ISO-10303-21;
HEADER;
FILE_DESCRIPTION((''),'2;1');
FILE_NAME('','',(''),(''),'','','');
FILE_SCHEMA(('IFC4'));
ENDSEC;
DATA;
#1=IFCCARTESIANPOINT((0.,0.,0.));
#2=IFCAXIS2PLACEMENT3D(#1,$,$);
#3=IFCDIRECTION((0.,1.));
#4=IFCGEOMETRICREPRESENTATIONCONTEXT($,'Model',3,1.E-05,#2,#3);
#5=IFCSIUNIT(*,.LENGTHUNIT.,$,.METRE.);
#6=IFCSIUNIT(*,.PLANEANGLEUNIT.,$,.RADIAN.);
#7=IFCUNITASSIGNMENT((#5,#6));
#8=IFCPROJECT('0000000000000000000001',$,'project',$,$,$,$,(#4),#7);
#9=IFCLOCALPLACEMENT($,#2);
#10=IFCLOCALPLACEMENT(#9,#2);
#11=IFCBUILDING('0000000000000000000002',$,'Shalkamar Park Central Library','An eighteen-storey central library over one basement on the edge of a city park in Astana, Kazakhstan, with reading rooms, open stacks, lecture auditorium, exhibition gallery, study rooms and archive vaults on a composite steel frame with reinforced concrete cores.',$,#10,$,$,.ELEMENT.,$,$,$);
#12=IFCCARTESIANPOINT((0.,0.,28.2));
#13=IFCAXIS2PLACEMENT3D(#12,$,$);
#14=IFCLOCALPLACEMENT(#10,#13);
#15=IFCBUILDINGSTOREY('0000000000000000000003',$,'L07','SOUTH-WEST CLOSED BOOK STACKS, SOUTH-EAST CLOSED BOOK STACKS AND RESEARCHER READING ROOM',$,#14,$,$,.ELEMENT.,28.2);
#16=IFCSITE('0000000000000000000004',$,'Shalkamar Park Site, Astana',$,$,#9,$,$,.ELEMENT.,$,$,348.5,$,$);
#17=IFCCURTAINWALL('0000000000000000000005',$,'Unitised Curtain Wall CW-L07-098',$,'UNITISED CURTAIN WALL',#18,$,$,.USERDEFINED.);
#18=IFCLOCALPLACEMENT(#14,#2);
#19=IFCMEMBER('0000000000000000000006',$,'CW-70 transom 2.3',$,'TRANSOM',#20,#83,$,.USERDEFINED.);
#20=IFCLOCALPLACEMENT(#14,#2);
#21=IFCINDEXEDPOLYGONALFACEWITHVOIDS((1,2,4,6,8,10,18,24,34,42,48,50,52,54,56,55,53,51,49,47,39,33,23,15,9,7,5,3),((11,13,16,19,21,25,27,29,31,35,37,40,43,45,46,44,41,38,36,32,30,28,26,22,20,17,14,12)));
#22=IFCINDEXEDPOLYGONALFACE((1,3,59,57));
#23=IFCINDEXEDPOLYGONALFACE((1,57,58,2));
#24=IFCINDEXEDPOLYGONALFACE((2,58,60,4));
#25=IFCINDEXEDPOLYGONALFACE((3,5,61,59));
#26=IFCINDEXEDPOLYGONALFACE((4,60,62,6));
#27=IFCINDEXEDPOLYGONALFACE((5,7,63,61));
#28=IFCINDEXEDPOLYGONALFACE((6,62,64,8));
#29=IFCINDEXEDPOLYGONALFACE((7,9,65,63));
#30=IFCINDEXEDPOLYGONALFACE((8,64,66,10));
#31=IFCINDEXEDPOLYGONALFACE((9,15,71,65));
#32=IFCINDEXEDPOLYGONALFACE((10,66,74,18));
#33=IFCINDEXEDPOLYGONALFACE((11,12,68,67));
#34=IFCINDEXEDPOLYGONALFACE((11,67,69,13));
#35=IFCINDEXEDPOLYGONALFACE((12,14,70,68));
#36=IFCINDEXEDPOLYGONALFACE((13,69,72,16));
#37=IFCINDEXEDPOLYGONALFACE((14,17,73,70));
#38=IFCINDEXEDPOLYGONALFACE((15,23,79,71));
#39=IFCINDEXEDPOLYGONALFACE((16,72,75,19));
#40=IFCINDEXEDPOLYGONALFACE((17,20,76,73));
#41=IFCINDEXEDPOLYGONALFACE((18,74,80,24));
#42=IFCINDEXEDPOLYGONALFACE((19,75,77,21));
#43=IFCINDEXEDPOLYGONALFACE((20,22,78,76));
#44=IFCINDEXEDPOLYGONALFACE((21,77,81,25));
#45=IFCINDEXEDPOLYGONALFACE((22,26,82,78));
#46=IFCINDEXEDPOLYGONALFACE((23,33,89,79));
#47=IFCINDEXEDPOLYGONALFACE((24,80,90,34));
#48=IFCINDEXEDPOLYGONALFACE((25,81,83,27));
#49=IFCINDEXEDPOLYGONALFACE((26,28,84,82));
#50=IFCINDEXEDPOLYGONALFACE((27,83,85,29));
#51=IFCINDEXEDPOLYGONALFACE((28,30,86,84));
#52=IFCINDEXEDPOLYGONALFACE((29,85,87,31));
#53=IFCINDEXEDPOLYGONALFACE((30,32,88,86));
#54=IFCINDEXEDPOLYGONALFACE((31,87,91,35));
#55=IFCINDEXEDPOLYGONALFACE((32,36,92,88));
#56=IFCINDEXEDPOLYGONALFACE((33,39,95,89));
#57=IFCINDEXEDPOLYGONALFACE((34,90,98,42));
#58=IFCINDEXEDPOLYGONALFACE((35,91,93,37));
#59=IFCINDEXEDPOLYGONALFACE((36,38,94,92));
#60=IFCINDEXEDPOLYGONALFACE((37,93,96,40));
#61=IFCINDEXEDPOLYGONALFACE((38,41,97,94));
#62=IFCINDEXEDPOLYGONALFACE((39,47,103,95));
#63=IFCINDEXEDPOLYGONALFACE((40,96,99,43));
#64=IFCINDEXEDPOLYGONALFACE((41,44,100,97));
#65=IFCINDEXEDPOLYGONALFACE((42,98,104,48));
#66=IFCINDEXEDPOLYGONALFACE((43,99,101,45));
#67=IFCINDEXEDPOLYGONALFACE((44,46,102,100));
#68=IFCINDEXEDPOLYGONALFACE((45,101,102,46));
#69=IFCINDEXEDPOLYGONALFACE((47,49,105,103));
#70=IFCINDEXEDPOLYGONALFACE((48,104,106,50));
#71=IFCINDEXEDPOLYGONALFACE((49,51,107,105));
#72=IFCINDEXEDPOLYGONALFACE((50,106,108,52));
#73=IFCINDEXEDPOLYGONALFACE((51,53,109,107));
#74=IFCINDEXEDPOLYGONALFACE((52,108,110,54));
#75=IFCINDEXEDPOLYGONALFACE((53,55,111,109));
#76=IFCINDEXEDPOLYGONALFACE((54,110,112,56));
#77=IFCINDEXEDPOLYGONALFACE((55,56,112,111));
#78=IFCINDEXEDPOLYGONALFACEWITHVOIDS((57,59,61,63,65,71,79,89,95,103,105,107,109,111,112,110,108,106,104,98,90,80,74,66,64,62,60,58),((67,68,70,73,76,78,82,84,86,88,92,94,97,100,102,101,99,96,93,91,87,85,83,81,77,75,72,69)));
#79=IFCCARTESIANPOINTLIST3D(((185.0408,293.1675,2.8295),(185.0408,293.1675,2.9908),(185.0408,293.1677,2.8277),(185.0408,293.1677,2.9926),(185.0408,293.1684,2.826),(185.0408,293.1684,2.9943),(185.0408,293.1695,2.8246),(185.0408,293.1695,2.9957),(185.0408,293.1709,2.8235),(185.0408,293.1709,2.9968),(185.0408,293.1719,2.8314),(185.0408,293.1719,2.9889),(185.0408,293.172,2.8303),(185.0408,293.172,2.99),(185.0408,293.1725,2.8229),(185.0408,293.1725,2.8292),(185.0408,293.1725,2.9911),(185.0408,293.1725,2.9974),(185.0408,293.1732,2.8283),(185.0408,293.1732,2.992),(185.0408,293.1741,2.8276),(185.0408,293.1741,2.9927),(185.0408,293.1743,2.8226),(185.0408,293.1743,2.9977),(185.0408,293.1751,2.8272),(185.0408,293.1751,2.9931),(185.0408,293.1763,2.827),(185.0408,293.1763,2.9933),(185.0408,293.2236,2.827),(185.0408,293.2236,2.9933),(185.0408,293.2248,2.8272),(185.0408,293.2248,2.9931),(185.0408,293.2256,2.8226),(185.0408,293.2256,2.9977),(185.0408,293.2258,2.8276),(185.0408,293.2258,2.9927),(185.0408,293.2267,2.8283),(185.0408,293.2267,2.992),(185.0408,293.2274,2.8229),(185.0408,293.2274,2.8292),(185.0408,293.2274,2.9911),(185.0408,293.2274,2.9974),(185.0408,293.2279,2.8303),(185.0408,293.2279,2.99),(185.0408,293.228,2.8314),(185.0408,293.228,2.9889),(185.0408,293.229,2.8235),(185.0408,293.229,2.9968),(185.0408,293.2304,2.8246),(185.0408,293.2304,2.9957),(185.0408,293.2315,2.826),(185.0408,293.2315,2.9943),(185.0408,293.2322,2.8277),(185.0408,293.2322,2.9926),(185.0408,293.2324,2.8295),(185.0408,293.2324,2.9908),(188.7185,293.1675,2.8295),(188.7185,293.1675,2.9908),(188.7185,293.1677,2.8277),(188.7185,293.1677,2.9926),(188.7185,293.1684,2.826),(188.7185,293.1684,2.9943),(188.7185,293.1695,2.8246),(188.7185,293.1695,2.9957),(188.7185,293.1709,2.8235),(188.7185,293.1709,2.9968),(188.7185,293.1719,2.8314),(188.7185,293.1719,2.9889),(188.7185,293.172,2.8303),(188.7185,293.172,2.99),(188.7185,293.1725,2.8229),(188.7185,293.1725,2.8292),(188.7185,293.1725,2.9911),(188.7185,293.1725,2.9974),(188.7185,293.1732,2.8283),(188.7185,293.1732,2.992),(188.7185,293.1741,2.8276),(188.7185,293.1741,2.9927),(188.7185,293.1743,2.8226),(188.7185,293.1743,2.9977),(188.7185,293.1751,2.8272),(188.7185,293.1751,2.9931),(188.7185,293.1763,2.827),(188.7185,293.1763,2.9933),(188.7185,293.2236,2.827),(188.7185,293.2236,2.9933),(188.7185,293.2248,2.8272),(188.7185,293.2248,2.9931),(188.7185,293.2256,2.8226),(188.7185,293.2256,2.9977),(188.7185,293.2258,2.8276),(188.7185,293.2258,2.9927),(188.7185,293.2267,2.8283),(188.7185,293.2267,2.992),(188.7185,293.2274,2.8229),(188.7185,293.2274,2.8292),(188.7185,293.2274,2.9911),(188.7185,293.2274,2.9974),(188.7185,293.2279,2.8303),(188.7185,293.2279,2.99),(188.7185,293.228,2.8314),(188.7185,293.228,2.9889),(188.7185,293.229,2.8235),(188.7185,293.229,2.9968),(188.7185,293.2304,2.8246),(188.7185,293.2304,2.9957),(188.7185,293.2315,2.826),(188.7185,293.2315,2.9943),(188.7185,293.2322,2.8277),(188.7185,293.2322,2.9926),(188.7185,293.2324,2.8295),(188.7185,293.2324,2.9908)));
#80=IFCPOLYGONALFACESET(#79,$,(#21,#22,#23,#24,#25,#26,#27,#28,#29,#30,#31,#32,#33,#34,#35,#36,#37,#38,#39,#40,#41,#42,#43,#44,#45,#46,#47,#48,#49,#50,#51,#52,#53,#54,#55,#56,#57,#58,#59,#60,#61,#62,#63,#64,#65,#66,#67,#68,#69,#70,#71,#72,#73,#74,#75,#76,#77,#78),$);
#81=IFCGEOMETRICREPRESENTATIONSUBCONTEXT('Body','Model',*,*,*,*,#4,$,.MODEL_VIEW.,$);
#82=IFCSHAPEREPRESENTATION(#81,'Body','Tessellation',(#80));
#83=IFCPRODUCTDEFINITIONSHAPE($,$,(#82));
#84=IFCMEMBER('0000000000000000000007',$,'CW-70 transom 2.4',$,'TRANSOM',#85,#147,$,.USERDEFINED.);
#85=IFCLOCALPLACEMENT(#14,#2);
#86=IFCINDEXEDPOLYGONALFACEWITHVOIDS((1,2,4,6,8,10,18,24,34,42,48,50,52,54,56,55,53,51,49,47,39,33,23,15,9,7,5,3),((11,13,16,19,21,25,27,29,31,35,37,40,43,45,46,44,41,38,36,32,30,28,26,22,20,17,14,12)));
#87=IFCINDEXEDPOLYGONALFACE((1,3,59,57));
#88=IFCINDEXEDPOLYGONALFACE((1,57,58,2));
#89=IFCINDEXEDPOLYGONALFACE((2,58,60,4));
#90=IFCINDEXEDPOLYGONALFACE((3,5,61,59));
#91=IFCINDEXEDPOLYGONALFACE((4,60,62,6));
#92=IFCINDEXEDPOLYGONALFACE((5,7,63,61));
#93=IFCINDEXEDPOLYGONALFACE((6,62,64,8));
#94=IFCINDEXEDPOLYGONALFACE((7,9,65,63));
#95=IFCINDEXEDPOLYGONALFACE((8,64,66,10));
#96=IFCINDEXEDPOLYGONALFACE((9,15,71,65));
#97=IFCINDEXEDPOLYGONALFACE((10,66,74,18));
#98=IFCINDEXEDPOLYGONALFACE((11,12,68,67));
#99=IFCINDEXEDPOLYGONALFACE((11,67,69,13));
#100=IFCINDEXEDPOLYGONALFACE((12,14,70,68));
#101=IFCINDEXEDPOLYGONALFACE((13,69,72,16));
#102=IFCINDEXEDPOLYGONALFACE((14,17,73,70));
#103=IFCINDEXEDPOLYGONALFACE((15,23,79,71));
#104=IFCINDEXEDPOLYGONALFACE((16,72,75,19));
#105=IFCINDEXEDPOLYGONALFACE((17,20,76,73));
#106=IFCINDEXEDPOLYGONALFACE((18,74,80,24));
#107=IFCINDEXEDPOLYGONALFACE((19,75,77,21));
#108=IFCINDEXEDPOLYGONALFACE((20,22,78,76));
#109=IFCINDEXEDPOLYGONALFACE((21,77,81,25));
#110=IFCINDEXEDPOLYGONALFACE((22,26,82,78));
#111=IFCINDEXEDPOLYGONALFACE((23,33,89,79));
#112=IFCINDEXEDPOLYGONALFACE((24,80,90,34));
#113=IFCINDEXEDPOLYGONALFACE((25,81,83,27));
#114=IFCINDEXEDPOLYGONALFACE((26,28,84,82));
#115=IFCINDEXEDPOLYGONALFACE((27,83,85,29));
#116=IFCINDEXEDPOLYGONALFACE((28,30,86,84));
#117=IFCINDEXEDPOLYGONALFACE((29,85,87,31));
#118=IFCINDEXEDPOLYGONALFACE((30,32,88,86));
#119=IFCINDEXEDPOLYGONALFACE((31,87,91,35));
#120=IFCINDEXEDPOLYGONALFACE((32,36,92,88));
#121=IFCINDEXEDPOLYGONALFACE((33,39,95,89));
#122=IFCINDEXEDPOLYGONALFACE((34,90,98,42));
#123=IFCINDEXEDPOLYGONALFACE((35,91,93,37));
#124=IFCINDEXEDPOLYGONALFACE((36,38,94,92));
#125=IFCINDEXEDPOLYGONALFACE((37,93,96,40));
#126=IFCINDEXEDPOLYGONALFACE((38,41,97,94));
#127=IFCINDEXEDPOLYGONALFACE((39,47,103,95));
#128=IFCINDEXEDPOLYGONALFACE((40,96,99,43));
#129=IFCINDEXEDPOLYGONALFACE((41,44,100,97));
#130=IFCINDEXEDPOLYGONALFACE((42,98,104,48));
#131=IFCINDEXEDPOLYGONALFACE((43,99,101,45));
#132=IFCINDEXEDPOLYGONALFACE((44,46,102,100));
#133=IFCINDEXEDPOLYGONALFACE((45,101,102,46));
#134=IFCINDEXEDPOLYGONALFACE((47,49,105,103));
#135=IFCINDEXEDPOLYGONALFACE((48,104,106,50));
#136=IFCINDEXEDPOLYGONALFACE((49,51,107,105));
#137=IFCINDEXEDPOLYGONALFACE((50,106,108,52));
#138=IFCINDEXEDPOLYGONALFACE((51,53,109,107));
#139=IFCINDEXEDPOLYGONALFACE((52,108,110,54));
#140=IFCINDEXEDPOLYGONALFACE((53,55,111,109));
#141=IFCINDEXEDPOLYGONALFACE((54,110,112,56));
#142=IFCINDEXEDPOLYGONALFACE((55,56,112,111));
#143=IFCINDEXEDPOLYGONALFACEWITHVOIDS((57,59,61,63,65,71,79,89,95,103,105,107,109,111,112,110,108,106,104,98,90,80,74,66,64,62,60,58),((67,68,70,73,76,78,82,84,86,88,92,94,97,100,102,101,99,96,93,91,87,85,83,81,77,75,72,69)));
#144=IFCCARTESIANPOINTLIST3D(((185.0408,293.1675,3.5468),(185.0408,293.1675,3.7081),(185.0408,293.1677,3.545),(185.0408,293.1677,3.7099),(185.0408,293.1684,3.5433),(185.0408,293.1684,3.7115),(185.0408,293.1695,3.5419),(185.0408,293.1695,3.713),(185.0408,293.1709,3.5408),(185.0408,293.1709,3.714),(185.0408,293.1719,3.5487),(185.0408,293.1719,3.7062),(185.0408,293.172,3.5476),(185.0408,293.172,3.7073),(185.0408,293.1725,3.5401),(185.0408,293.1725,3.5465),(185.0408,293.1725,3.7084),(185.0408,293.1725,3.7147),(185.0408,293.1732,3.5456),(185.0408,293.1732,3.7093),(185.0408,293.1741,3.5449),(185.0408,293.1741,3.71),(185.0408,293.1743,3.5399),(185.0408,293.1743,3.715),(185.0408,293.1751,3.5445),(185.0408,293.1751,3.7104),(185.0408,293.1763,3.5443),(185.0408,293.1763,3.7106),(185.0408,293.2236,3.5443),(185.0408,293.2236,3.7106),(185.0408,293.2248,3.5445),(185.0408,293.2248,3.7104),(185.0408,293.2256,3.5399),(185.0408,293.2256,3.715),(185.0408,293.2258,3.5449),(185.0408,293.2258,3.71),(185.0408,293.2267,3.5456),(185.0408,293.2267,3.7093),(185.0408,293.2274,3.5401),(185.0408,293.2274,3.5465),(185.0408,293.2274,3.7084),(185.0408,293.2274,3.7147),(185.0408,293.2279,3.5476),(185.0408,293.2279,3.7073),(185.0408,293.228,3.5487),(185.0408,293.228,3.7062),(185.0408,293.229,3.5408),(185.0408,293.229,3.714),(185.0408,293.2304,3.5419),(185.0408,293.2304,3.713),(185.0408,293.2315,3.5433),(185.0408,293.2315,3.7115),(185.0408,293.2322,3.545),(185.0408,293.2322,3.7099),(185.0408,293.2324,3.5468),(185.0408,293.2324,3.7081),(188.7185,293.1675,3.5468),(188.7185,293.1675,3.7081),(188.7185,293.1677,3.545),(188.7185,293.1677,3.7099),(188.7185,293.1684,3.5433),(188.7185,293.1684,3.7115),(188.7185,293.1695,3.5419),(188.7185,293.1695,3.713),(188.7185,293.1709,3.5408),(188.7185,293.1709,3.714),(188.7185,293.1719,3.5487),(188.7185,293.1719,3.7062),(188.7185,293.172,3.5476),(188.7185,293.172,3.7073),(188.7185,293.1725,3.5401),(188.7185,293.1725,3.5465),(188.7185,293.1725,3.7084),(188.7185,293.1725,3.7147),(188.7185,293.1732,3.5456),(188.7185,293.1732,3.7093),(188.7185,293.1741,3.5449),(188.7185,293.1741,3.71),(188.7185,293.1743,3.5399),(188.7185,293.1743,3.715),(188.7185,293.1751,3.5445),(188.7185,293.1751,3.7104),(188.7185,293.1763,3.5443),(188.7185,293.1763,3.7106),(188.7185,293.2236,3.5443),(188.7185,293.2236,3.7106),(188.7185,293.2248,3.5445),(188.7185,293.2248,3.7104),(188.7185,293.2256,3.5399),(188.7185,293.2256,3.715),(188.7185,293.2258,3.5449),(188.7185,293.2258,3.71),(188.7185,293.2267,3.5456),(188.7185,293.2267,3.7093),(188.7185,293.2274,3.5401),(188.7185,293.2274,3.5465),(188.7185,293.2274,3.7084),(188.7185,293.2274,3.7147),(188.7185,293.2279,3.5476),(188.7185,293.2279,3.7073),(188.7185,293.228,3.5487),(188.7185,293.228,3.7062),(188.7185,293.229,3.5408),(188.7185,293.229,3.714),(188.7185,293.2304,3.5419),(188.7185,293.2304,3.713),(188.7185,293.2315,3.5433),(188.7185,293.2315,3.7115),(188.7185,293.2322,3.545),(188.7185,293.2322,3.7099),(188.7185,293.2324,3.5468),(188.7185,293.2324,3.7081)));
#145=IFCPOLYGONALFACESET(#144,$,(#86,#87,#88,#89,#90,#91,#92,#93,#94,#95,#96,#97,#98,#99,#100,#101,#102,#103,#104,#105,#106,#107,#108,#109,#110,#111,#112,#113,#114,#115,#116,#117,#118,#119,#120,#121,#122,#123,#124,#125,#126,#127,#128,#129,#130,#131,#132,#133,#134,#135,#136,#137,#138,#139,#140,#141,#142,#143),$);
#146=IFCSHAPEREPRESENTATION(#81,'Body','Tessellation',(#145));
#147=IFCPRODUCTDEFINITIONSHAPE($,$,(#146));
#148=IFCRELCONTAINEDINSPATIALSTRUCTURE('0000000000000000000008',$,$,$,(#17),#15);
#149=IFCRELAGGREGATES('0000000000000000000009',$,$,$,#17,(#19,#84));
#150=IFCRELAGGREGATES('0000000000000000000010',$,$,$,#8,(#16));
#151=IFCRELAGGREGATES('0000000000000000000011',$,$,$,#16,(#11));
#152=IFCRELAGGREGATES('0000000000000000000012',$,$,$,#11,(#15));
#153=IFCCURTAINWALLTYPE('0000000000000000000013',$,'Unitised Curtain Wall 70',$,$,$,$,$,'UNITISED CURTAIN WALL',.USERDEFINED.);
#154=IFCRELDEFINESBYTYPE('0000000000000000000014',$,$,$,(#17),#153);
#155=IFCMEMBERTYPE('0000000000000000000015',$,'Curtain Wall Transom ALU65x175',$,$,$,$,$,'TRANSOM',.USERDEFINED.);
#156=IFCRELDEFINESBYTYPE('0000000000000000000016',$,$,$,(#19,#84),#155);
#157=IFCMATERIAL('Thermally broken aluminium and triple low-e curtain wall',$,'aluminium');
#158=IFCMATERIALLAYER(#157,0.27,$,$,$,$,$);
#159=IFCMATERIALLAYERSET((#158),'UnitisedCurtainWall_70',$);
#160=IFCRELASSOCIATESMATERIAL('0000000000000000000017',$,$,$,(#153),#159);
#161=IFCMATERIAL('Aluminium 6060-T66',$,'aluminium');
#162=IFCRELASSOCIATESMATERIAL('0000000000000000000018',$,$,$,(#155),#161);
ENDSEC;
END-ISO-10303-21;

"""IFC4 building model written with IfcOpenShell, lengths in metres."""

from ifc_helpers import new_model, si_unit, direction, frame, origin, origin_2d, place, context, subcontext, project, spatial, hollow_rectangle, extrude, material, layer, layer_set, material_profile, profile_set, type_object, element, aggregate, save


model = new_model("IFC4")

# Units and contexts
model_context = context("Model", 3, precision=1e-05, world=origin(), true_north=direction((0.0, 1.0)))
body_context = subcontext(model_context, "Body", "Model", "MODEL_VIEW")
ifc_project = project(units=[si_unit("LENGTHUNIT", "METRE"), si_unit("PLANEANGLEUNIT", "RADIAN")], contexts=[model_context])

# Site, building, storey
site_placement = place(None, origin())
site = spatial("IfcSite", under=ifc_project, at=site_placement, Name="Shalkamar Park Site, Astana", CompositionType="ELEMENT", RefElevation=348.5)
building_placement = place(site_placement, origin())
building = spatial("IfcBuilding", under=site, at=building_placement, Name="Shalkamar Park Central Library", Description="An eighteen-storey central library over one basement on the edge of a city park in Astana, Kazakhstan, with reading rooms, open stacks, lecture auditorium, exhibition gallery, study rooms and archive vaults on a composite steel frame with reinforced concrete cores.", CompositionType="ELEMENT")
storey_placement = place(building_placement, frame((0.0, 0.0, 28.2)))
storey = spatial("IfcBuildingStorey", under=building, at=storey_placement, Name="L07", Description="SOUTH-WEST CLOSED BOOK STACKS, SOUTH-EAST CLOSED BOOK STACKS AND RESEARCHER READING ROOM", CompositionType="ELEMENT", Elevation=28.2)

# Curtain wall
ifc_material_1 = material(Name="Thermally broken aluminium and triple low-e curtain wall", Category="aluminium")
ifc_layer_1 = layer(ifc_material_1, 0.27)
ifc_layer_set_1 = layer_set([ifc_layer_1], Name="UnitisedCurtainWall_70")
curtain_wall_type_1 = type_object("IfcCurtainWallType", Name="Unitised Curtain Wall 70", ElementType="UNITISED CURTAIN WALL", PredefinedType="USERDEFINED", material=ifc_layer_set_1)
curtain_wall_1_placement = place(storey_placement, origin())
curtain_wall_1 = element("IfcCurtainWall", 1, at=curtain_wall_1_placement, inside=storey, type_object=curtain_wall_type_1, Name="Unitised Curtain Wall CW-L07-098", ObjectType="UNITISED CURTAIN WALL", PredefinedType="USERDEFINED")
ifc_material_2 = material(Name="Aluminium 6060-T66", Category="aluminium")

# Members
ifc_material_profile_1 = material_profile(ifc_material_2, hollow_rectangle(XDim=0.0649, YDim=0.175, WallThickness=0.0044, InnerFilletRadius=0.0044, OuterFilletRadius=0.0068, at=origin_2d()), Name="ALU 65x175x4.5")
ifc_profile_set_1 = profile_set([ifc_material_profile_1], Name="Aluminium 6060-T66")
member_type_1 = type_object("IfcMemberType", Name="Curtain Wall Transom ALU65x175", ElementType="TRANSOM", PredefinedType="USERDEFINED", material=ifc_profile_set_1)
member_1_placement = place(storey_placement, frame((185.0408, 293.2, 2.9102), z_axis=(1.0, 0.0, 0.0), x_axis=(0.0, 1.0, 0.0)))
member_1 = element("IfcMember", 2, at=member_1_placement, type_object=member_type_1, Name="CW-70 transom 2.3", ObjectType="TRANSOM", PredefinedType="USERDEFINED", context=body_context, shape_type="SweptSolid", body=[
    extrude(hollow_rectangle(XDim=0.0649, YDim=0.175, WallThickness=0.0044, InnerFilletRadius=0.0044, OuterFilletRadius=0.0068, at=origin_2d()), origin(), (0.0, 0.0, 1.0), 3.6777),
])
member_2_placement = place(storey_placement, frame((185.0408, 293.2, 3.6274), z_axis=(1.0, 0.0, 0.0), x_axis=(0.0, 1.0, 0.0)))
member_2 = element("IfcMember", 3, at=member_2_placement, type_object=member_type_1, Name="CW-70 transom 2.4", ObjectType="TRANSOM", PredefinedType="USERDEFINED", context=body_context, shape_type="SweptSolid", body=[
    extrude(hollow_rectangle(XDim=0.0649, YDim=0.175, WallThickness=0.0044, InnerFilletRadius=0.0044, OuterFilletRadius=0.0068, at=origin_2d()), origin(), (0.0, 0.0, 1.0), 3.6777),
])

aggregate(curtain_wall_1, [member_1, member_2])

save(model, "model.ifc")
